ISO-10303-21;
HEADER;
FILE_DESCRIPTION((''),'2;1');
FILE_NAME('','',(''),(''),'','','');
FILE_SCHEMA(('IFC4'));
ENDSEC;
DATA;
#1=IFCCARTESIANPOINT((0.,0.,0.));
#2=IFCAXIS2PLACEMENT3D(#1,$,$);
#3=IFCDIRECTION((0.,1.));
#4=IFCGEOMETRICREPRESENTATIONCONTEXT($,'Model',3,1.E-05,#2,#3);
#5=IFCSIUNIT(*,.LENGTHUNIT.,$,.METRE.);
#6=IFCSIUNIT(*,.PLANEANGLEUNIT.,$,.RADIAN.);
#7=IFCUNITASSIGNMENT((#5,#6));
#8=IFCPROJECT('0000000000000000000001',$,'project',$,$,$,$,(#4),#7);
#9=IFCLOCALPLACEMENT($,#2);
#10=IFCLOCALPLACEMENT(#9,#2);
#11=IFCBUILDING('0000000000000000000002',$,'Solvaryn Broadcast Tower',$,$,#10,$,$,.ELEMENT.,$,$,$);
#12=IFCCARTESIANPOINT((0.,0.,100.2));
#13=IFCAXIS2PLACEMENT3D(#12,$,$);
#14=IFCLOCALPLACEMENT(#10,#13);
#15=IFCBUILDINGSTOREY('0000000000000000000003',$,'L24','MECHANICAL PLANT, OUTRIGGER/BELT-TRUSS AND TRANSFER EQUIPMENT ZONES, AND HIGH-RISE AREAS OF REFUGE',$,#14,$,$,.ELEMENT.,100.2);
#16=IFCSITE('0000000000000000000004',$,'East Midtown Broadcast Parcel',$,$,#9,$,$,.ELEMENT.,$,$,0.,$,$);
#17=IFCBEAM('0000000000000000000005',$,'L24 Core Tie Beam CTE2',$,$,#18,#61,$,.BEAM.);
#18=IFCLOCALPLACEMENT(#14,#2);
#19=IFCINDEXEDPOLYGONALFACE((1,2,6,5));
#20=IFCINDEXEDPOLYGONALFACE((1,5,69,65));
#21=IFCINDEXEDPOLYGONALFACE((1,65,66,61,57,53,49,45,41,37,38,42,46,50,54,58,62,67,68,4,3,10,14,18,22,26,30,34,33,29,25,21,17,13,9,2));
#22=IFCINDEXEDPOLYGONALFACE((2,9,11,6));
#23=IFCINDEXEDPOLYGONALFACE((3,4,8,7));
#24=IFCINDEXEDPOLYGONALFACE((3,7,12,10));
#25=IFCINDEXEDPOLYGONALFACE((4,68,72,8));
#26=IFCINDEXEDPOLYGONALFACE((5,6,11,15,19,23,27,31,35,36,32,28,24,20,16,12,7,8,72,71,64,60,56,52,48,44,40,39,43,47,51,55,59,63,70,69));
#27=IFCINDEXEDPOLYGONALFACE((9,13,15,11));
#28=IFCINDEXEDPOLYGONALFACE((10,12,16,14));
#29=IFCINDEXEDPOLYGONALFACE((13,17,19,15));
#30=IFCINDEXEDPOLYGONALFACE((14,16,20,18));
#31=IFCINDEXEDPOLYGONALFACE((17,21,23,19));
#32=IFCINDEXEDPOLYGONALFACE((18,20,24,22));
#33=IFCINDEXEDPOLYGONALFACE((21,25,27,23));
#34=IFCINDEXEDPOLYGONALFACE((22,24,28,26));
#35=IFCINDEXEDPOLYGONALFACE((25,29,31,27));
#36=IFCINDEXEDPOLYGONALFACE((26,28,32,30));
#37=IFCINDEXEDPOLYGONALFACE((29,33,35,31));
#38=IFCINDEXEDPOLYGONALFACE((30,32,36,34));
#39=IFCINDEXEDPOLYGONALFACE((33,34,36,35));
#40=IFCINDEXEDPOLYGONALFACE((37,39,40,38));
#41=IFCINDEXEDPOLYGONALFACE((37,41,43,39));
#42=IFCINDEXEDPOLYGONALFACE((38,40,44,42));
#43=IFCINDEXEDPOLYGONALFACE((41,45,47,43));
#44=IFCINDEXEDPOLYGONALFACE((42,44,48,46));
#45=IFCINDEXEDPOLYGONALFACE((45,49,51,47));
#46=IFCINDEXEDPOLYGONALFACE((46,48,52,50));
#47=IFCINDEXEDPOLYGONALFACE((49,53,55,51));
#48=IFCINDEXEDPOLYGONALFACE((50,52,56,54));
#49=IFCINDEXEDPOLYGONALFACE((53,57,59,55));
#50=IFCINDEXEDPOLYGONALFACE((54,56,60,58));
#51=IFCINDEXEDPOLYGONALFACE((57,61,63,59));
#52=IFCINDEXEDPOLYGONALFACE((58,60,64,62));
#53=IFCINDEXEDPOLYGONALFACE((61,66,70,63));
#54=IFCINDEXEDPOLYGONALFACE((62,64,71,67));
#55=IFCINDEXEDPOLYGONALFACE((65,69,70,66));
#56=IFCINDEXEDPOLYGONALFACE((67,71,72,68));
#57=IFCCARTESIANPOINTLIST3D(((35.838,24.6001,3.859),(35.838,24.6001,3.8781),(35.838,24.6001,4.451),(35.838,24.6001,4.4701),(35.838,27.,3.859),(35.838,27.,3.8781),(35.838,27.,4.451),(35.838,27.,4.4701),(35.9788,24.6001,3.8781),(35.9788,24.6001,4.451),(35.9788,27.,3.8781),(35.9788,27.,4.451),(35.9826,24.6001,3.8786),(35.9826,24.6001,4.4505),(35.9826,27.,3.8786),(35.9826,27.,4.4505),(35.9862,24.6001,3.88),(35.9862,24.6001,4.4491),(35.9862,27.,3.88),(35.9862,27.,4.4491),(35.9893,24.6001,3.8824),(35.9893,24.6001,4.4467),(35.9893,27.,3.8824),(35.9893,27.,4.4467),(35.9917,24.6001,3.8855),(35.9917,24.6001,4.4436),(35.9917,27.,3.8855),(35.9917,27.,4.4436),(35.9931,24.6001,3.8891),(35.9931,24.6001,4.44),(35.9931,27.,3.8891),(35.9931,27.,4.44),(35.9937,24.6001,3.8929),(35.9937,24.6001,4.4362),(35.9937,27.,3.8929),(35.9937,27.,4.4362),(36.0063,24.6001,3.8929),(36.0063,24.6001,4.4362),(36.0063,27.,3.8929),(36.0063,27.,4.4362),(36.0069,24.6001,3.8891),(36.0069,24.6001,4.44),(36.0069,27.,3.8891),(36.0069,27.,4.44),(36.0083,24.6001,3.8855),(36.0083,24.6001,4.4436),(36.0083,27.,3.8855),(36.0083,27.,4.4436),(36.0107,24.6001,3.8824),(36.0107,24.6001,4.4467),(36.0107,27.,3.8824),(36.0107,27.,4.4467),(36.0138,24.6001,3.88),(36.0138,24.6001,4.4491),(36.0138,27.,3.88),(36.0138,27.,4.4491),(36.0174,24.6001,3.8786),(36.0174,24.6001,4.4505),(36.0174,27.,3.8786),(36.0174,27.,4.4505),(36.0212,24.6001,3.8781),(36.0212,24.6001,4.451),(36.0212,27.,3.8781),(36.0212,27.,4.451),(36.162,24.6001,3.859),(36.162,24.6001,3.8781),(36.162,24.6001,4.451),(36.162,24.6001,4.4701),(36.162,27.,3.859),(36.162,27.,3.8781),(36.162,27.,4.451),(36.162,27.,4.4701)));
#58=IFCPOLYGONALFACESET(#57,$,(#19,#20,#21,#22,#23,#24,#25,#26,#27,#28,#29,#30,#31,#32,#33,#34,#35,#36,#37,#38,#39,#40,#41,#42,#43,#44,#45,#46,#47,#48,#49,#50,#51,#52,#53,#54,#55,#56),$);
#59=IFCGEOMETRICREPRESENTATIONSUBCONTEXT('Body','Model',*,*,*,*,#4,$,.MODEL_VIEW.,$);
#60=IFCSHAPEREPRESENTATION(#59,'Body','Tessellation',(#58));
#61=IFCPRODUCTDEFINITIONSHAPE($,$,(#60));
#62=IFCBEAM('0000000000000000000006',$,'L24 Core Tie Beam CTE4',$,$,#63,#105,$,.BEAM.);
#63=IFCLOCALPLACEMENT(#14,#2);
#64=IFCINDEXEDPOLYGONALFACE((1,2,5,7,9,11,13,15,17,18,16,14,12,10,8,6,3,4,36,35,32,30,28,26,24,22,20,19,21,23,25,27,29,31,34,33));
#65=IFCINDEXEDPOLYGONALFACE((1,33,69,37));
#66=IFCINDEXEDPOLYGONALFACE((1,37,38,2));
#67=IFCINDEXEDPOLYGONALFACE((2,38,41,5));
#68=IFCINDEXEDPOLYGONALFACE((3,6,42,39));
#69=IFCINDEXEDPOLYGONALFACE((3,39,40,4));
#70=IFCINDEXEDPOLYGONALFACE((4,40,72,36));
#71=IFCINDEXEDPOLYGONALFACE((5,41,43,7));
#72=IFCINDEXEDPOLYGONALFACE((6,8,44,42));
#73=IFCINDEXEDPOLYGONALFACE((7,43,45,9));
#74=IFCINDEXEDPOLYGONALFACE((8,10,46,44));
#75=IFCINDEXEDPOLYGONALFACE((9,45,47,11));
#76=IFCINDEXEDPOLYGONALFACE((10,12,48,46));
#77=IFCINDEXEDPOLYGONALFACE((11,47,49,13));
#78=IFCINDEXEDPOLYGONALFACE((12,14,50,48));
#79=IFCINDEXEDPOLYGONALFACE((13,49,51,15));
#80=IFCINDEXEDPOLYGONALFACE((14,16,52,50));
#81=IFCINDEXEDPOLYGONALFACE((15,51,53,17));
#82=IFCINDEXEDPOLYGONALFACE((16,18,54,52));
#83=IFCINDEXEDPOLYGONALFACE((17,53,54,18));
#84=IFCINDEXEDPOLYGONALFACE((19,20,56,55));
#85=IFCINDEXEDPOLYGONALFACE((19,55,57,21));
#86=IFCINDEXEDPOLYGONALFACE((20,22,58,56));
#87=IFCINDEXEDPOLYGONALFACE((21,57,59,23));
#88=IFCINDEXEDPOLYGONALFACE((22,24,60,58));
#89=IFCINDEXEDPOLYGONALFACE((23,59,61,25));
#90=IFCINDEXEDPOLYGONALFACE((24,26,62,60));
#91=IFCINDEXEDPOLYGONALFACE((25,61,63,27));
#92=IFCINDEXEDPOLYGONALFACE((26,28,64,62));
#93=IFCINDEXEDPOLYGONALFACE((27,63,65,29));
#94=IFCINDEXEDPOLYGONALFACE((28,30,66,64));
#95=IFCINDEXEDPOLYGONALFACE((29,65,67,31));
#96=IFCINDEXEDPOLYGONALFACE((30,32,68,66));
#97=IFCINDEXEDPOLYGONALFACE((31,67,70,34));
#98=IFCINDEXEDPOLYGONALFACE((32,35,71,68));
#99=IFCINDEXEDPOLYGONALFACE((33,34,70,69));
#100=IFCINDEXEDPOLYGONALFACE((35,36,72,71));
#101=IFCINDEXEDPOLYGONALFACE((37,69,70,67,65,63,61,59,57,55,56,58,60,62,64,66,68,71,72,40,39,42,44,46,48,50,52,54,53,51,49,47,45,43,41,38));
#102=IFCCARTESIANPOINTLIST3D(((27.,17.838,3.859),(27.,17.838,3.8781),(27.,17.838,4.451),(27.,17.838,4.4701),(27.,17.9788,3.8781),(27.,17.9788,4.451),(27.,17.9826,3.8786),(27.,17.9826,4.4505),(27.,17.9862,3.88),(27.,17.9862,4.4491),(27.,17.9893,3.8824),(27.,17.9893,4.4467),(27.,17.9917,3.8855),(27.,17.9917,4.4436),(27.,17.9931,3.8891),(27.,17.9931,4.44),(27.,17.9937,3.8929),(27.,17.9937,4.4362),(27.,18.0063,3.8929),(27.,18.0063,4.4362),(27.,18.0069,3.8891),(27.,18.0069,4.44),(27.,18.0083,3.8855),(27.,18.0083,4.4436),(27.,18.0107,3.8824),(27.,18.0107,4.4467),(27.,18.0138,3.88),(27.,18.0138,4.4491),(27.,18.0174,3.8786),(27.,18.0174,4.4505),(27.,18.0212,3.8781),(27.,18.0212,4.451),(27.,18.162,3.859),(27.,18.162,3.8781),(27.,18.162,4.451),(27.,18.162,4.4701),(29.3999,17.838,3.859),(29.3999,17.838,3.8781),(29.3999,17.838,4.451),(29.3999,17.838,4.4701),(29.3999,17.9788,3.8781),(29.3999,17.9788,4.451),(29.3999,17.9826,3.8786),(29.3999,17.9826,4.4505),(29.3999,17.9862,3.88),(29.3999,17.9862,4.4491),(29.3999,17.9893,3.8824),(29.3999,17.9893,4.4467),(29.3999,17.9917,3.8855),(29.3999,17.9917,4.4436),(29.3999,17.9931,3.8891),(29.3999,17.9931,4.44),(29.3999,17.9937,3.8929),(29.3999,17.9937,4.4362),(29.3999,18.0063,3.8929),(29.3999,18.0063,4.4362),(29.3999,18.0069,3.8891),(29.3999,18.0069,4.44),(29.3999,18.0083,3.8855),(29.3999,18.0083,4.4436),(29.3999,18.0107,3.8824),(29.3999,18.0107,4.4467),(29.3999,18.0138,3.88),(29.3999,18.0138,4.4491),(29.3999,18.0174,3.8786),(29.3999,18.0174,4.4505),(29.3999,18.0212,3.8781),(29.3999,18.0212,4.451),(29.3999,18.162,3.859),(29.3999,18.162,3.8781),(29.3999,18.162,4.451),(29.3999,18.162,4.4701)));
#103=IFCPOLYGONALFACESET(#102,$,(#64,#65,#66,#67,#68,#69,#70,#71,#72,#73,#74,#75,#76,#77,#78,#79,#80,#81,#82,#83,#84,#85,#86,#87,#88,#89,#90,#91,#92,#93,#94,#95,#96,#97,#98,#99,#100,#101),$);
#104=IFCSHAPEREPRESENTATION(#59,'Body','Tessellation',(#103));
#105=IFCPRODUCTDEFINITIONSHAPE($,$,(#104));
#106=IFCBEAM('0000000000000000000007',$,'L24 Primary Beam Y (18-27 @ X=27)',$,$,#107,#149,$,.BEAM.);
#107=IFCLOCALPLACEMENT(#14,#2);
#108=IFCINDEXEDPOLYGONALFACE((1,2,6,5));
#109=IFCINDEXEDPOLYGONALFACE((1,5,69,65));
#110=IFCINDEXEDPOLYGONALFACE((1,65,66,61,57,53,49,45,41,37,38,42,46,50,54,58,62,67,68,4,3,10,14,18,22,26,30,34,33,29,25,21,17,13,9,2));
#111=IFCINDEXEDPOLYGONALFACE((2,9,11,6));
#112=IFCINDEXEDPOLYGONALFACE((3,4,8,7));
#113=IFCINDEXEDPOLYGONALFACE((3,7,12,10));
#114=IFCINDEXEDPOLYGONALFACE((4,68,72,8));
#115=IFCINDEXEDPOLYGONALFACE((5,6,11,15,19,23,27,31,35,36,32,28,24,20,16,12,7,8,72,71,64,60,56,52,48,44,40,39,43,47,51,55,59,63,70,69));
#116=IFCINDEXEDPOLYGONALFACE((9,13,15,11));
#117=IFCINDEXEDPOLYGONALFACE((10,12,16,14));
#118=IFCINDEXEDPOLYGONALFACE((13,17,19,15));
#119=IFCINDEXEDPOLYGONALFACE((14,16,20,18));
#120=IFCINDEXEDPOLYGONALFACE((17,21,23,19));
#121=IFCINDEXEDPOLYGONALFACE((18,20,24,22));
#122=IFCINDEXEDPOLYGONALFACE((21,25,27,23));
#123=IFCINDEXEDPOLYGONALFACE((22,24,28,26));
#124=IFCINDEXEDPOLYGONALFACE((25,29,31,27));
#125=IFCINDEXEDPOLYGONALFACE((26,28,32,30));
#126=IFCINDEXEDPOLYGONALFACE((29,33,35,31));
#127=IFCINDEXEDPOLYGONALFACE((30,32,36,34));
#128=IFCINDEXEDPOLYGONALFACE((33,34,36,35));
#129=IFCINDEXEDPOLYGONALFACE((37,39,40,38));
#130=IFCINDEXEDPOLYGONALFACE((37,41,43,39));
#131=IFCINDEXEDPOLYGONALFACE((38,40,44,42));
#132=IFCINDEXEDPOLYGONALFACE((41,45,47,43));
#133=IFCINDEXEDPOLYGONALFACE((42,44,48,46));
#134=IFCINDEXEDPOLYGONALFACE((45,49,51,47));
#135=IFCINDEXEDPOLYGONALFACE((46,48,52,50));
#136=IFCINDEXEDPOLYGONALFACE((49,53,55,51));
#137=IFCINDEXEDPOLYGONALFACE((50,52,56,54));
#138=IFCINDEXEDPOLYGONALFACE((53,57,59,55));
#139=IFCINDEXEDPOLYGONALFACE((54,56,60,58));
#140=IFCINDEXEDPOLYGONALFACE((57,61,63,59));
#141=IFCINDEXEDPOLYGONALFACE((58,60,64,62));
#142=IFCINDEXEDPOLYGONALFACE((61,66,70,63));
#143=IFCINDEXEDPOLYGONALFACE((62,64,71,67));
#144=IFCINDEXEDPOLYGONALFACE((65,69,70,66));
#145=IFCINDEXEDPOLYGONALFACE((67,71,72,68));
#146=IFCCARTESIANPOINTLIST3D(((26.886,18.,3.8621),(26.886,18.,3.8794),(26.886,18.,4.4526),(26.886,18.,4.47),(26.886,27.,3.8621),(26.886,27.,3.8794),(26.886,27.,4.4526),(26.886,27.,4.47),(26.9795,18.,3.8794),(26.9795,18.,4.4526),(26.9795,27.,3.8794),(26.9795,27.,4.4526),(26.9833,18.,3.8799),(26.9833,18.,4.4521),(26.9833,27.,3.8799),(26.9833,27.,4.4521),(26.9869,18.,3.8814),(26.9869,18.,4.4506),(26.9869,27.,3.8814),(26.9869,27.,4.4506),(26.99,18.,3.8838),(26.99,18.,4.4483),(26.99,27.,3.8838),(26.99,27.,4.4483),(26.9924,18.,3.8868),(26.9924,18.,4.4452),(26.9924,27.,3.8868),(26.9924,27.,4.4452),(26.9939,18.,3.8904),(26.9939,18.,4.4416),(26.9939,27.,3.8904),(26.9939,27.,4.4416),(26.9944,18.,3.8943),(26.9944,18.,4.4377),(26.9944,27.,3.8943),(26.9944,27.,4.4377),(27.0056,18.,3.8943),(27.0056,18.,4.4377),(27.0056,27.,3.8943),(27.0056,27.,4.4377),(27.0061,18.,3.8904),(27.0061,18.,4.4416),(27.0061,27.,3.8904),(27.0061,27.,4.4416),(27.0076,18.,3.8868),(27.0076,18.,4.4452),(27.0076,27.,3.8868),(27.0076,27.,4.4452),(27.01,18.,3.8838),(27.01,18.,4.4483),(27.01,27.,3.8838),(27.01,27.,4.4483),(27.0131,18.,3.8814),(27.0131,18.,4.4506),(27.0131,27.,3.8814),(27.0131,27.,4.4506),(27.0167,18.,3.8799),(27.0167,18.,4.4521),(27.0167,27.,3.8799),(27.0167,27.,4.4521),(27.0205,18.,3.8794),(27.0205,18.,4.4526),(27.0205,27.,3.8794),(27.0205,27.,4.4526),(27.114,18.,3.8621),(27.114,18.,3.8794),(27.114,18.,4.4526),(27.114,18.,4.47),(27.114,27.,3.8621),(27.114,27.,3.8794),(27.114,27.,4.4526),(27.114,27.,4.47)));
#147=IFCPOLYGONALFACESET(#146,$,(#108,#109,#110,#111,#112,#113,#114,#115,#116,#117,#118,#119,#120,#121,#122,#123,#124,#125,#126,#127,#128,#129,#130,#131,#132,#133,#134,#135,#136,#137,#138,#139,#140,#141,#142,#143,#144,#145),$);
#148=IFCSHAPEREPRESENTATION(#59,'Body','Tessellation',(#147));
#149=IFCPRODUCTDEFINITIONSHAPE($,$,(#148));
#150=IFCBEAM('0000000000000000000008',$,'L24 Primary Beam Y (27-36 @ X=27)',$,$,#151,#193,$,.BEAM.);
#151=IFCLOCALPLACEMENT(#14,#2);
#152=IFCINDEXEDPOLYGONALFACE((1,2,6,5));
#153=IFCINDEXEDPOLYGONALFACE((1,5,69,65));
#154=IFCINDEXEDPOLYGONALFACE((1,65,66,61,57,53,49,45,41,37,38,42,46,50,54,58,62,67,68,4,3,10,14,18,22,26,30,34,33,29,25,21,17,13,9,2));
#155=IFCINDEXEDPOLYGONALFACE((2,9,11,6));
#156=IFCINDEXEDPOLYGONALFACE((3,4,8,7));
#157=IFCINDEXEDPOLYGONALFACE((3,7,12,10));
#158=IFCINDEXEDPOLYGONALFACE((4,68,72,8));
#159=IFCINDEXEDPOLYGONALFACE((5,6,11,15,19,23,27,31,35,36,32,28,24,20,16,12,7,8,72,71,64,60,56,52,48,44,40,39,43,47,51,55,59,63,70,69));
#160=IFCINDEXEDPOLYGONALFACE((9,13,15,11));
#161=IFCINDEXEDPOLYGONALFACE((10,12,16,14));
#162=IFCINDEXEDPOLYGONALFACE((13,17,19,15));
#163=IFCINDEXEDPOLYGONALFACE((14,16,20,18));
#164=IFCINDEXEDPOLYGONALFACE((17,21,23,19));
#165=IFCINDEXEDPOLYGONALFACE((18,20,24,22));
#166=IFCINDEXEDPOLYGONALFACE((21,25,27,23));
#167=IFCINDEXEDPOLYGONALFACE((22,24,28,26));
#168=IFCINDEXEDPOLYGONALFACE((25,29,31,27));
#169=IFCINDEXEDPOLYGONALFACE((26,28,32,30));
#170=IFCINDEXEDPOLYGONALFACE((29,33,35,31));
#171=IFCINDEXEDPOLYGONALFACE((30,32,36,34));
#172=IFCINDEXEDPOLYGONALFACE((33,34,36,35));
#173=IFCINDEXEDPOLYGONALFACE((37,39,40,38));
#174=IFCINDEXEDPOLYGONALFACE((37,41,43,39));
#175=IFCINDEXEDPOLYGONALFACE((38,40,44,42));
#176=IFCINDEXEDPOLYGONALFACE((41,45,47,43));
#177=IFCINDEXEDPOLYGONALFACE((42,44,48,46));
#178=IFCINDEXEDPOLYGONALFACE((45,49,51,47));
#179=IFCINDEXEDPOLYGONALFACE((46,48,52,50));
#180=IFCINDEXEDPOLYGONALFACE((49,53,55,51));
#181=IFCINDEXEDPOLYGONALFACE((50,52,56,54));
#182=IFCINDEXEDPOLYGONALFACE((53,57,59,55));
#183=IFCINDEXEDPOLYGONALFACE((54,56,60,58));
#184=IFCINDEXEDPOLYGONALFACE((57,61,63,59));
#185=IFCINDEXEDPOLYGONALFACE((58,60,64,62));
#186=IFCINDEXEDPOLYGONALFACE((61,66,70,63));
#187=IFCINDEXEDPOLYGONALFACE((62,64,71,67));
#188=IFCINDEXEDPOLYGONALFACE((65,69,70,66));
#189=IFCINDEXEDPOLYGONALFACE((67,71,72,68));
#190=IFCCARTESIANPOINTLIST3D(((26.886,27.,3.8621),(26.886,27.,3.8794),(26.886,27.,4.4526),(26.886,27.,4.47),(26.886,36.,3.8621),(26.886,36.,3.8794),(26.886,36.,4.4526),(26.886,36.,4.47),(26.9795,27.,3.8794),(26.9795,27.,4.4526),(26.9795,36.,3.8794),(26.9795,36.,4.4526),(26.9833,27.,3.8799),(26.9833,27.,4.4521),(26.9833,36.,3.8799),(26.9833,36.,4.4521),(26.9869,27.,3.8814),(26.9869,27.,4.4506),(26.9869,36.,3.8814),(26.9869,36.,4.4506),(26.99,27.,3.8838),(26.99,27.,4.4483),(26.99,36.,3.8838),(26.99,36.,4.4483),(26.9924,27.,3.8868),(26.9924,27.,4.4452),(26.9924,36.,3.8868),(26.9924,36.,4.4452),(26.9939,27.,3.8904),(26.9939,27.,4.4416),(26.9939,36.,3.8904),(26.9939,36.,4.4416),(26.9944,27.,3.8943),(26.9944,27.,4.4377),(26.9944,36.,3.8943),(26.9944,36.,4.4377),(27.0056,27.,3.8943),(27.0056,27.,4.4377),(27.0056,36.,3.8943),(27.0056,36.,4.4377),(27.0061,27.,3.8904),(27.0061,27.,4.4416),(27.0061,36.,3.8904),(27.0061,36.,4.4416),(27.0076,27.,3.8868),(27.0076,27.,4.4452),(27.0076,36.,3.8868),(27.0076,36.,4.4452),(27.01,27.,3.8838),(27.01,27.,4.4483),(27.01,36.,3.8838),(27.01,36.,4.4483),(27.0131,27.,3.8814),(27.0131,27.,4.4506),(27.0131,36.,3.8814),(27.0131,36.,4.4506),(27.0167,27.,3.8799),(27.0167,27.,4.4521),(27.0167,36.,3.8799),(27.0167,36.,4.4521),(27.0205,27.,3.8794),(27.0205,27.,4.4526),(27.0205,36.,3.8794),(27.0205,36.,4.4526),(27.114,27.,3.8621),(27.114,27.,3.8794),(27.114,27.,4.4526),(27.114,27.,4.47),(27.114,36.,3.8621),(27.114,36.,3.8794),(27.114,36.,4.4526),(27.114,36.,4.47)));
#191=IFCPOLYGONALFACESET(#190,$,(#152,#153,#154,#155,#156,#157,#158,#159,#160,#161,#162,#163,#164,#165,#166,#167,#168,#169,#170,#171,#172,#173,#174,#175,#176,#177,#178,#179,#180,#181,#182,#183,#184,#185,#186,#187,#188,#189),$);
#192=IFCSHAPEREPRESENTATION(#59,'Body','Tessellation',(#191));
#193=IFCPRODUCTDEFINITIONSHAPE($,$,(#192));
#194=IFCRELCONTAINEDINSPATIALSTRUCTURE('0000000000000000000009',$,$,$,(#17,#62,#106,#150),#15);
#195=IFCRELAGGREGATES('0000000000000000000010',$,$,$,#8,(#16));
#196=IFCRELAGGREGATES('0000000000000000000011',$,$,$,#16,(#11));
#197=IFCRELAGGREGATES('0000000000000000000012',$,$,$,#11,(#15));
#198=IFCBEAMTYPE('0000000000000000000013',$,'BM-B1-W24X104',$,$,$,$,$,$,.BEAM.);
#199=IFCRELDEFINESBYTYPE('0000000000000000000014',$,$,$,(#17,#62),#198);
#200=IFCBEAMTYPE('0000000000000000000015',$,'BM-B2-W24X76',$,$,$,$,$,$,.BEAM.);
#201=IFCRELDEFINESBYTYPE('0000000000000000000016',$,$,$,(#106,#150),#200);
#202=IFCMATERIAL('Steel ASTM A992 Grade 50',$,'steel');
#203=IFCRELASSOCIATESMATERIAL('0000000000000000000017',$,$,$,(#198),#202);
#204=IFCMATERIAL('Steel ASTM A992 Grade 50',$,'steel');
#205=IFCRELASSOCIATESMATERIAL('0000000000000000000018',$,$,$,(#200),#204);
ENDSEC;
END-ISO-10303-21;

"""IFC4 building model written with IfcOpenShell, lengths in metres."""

from ifc_helpers import new_model, si_unit, direction, frame, origin, origin_2d, place, context, subcontext, project, spatial, i_section, extrude, material, material_profile, profile_set, type_object, element, save


model = new_model("IFC4")

# Units and contexts
model_context = context("Model", 3, precision=1e-05, world=origin(), true_north=direction((0.0, 1.0)))
body_context = subcontext(model_context, "Body", "Model", "MODEL_VIEW")
ifc_project = project(units=[si_unit("LENGTHUNIT", "METRE"), si_unit("PLANEANGLEUNIT", "RADIAN")], contexts=[model_context])

# Site, building, storey
site_placement = place(None, origin())
site = spatial("IfcSite", under=ifc_project, at=site_placement, Name="East Midtown Broadcast Parcel", CompositionType="ELEMENT", RefElevation=0.0)
building_placement = place(site_placement, origin())
building = spatial("IfcBuilding", under=site, at=building_placement, Name="Solvaryn Broadcast Tower", CompositionType="ELEMENT")
storey_placement = place(building_placement, frame((0.0, 0.0, 100.2)))
storey = spatial("IfcBuildingStorey", under=building, at=storey_placement, Name="L24", Description="MECHANICAL PLANT, OUTRIGGER/BELT-TRUSS AND TRANSFER EQUIPMENT ZONES, AND HIGH-RISE AREAS OF REFUGE", CompositionType="ELEMENT", Elevation=100.2)

# Beams
ifc_material_1 = material(Name="Steel ASTM A992 Grade 50", Category="steel")
ifc_material_profile_1 = material_profile(ifc_material_1, i_section(OverallWidth=0.324, OverallDepth=0.6111, WebThickness=0.0127, FlangeThickness=0.019, FilletRadius=0.0149, at=origin_2d()))
ifc_profile_set_1 = profile_set([ifc_material_profile_1], Name="Steel ASTM A992 Grade 50")
beam_type_1 = type_object("IfcBeamType", Name="BM-B1-W24X104", PredefinedType="BEAM", material=ifc_profile_set_1)
for number, where, z_axis, x_axis, name in (
    (1, (36.0, 24.6001, 4.1646), (0.0, 1.0, 0.0), (-1.0, 0.0, 0.0), "L24 Core Tie Beam CTE2"),
    (2, (27.0, 18.0, 4.1646), (1.0, 0.0, 0.0), (0.0, 1.0, 0.0), "L24 Core Tie Beam CTE4"),
):
    element("IfcBeam", number, at=place(storey_placement, frame(where, z_axis=z_axis, x_axis=x_axis)), inside=storey, type_object=beam_type_1, Name=name, PredefinedType="BEAM", context=body_context, shape_type="SweptSolid", body=[
        extrude(i_section(OverallWidth=0.324, OverallDepth=0.6111, WebThickness=0.0127, FlangeThickness=0.019, FilletRadius=0.0149, at=origin_2d()), origin(), (0.0, 0.0, 1.0), 2.3999),
    ])
ifc_material_2 = material(Name="Steel ASTM A992 Grade 50", Category="steel")
ifc_material_profile_2 = material_profile(ifc_material_2, i_section(OverallWidth=0.228, OverallDepth=0.6079, WebThickness=0.0112, FlangeThickness=0.0173, FilletRadius=0.0149, at=origin_2d()))
ifc_profile_set_2 = profile_set([ifc_material_profile_2], Name="Steel ASTM A992 Grade 50")
beam_type_2 = type_object("IfcBeamType", Name="BM-B2-W24X76", PredefinedType="BEAM", material=ifc_profile_set_2)
for number, where, z_axis, x_axis, name in (
    (3, (27.0, 18.0, 4.166), (0.0, 1.0, 0.0), (-1.0, 0.0, 0.0), "L24 Primary Beam Y (18-27 @ X=27)"),
    (4, (27.0, 27.0, 4.166), (0.0, 1.0, 0.0), (-1.0, 0.0, 0.0), "L24 Primary Beam Y (27-36 @ X=27)"),
):
    element("IfcBeam", number, at=place(storey_placement, frame(where, z_axis=z_axis, x_axis=x_axis)), inside=storey, type_object=beam_type_2, Name=name, PredefinedType="BEAM", context=body_context, shape_type="SweptSolid", body=[
        extrude(i_section(OverallWidth=0.228, OverallDepth=0.6079, WebThickness=0.0112, FlangeThickness=0.0173, FilletRadius=0.0149, at=origin_2d()), origin(), (0.0, 0.0, 1.0), 9.0),
    ])

save(model, "model.ifc")
